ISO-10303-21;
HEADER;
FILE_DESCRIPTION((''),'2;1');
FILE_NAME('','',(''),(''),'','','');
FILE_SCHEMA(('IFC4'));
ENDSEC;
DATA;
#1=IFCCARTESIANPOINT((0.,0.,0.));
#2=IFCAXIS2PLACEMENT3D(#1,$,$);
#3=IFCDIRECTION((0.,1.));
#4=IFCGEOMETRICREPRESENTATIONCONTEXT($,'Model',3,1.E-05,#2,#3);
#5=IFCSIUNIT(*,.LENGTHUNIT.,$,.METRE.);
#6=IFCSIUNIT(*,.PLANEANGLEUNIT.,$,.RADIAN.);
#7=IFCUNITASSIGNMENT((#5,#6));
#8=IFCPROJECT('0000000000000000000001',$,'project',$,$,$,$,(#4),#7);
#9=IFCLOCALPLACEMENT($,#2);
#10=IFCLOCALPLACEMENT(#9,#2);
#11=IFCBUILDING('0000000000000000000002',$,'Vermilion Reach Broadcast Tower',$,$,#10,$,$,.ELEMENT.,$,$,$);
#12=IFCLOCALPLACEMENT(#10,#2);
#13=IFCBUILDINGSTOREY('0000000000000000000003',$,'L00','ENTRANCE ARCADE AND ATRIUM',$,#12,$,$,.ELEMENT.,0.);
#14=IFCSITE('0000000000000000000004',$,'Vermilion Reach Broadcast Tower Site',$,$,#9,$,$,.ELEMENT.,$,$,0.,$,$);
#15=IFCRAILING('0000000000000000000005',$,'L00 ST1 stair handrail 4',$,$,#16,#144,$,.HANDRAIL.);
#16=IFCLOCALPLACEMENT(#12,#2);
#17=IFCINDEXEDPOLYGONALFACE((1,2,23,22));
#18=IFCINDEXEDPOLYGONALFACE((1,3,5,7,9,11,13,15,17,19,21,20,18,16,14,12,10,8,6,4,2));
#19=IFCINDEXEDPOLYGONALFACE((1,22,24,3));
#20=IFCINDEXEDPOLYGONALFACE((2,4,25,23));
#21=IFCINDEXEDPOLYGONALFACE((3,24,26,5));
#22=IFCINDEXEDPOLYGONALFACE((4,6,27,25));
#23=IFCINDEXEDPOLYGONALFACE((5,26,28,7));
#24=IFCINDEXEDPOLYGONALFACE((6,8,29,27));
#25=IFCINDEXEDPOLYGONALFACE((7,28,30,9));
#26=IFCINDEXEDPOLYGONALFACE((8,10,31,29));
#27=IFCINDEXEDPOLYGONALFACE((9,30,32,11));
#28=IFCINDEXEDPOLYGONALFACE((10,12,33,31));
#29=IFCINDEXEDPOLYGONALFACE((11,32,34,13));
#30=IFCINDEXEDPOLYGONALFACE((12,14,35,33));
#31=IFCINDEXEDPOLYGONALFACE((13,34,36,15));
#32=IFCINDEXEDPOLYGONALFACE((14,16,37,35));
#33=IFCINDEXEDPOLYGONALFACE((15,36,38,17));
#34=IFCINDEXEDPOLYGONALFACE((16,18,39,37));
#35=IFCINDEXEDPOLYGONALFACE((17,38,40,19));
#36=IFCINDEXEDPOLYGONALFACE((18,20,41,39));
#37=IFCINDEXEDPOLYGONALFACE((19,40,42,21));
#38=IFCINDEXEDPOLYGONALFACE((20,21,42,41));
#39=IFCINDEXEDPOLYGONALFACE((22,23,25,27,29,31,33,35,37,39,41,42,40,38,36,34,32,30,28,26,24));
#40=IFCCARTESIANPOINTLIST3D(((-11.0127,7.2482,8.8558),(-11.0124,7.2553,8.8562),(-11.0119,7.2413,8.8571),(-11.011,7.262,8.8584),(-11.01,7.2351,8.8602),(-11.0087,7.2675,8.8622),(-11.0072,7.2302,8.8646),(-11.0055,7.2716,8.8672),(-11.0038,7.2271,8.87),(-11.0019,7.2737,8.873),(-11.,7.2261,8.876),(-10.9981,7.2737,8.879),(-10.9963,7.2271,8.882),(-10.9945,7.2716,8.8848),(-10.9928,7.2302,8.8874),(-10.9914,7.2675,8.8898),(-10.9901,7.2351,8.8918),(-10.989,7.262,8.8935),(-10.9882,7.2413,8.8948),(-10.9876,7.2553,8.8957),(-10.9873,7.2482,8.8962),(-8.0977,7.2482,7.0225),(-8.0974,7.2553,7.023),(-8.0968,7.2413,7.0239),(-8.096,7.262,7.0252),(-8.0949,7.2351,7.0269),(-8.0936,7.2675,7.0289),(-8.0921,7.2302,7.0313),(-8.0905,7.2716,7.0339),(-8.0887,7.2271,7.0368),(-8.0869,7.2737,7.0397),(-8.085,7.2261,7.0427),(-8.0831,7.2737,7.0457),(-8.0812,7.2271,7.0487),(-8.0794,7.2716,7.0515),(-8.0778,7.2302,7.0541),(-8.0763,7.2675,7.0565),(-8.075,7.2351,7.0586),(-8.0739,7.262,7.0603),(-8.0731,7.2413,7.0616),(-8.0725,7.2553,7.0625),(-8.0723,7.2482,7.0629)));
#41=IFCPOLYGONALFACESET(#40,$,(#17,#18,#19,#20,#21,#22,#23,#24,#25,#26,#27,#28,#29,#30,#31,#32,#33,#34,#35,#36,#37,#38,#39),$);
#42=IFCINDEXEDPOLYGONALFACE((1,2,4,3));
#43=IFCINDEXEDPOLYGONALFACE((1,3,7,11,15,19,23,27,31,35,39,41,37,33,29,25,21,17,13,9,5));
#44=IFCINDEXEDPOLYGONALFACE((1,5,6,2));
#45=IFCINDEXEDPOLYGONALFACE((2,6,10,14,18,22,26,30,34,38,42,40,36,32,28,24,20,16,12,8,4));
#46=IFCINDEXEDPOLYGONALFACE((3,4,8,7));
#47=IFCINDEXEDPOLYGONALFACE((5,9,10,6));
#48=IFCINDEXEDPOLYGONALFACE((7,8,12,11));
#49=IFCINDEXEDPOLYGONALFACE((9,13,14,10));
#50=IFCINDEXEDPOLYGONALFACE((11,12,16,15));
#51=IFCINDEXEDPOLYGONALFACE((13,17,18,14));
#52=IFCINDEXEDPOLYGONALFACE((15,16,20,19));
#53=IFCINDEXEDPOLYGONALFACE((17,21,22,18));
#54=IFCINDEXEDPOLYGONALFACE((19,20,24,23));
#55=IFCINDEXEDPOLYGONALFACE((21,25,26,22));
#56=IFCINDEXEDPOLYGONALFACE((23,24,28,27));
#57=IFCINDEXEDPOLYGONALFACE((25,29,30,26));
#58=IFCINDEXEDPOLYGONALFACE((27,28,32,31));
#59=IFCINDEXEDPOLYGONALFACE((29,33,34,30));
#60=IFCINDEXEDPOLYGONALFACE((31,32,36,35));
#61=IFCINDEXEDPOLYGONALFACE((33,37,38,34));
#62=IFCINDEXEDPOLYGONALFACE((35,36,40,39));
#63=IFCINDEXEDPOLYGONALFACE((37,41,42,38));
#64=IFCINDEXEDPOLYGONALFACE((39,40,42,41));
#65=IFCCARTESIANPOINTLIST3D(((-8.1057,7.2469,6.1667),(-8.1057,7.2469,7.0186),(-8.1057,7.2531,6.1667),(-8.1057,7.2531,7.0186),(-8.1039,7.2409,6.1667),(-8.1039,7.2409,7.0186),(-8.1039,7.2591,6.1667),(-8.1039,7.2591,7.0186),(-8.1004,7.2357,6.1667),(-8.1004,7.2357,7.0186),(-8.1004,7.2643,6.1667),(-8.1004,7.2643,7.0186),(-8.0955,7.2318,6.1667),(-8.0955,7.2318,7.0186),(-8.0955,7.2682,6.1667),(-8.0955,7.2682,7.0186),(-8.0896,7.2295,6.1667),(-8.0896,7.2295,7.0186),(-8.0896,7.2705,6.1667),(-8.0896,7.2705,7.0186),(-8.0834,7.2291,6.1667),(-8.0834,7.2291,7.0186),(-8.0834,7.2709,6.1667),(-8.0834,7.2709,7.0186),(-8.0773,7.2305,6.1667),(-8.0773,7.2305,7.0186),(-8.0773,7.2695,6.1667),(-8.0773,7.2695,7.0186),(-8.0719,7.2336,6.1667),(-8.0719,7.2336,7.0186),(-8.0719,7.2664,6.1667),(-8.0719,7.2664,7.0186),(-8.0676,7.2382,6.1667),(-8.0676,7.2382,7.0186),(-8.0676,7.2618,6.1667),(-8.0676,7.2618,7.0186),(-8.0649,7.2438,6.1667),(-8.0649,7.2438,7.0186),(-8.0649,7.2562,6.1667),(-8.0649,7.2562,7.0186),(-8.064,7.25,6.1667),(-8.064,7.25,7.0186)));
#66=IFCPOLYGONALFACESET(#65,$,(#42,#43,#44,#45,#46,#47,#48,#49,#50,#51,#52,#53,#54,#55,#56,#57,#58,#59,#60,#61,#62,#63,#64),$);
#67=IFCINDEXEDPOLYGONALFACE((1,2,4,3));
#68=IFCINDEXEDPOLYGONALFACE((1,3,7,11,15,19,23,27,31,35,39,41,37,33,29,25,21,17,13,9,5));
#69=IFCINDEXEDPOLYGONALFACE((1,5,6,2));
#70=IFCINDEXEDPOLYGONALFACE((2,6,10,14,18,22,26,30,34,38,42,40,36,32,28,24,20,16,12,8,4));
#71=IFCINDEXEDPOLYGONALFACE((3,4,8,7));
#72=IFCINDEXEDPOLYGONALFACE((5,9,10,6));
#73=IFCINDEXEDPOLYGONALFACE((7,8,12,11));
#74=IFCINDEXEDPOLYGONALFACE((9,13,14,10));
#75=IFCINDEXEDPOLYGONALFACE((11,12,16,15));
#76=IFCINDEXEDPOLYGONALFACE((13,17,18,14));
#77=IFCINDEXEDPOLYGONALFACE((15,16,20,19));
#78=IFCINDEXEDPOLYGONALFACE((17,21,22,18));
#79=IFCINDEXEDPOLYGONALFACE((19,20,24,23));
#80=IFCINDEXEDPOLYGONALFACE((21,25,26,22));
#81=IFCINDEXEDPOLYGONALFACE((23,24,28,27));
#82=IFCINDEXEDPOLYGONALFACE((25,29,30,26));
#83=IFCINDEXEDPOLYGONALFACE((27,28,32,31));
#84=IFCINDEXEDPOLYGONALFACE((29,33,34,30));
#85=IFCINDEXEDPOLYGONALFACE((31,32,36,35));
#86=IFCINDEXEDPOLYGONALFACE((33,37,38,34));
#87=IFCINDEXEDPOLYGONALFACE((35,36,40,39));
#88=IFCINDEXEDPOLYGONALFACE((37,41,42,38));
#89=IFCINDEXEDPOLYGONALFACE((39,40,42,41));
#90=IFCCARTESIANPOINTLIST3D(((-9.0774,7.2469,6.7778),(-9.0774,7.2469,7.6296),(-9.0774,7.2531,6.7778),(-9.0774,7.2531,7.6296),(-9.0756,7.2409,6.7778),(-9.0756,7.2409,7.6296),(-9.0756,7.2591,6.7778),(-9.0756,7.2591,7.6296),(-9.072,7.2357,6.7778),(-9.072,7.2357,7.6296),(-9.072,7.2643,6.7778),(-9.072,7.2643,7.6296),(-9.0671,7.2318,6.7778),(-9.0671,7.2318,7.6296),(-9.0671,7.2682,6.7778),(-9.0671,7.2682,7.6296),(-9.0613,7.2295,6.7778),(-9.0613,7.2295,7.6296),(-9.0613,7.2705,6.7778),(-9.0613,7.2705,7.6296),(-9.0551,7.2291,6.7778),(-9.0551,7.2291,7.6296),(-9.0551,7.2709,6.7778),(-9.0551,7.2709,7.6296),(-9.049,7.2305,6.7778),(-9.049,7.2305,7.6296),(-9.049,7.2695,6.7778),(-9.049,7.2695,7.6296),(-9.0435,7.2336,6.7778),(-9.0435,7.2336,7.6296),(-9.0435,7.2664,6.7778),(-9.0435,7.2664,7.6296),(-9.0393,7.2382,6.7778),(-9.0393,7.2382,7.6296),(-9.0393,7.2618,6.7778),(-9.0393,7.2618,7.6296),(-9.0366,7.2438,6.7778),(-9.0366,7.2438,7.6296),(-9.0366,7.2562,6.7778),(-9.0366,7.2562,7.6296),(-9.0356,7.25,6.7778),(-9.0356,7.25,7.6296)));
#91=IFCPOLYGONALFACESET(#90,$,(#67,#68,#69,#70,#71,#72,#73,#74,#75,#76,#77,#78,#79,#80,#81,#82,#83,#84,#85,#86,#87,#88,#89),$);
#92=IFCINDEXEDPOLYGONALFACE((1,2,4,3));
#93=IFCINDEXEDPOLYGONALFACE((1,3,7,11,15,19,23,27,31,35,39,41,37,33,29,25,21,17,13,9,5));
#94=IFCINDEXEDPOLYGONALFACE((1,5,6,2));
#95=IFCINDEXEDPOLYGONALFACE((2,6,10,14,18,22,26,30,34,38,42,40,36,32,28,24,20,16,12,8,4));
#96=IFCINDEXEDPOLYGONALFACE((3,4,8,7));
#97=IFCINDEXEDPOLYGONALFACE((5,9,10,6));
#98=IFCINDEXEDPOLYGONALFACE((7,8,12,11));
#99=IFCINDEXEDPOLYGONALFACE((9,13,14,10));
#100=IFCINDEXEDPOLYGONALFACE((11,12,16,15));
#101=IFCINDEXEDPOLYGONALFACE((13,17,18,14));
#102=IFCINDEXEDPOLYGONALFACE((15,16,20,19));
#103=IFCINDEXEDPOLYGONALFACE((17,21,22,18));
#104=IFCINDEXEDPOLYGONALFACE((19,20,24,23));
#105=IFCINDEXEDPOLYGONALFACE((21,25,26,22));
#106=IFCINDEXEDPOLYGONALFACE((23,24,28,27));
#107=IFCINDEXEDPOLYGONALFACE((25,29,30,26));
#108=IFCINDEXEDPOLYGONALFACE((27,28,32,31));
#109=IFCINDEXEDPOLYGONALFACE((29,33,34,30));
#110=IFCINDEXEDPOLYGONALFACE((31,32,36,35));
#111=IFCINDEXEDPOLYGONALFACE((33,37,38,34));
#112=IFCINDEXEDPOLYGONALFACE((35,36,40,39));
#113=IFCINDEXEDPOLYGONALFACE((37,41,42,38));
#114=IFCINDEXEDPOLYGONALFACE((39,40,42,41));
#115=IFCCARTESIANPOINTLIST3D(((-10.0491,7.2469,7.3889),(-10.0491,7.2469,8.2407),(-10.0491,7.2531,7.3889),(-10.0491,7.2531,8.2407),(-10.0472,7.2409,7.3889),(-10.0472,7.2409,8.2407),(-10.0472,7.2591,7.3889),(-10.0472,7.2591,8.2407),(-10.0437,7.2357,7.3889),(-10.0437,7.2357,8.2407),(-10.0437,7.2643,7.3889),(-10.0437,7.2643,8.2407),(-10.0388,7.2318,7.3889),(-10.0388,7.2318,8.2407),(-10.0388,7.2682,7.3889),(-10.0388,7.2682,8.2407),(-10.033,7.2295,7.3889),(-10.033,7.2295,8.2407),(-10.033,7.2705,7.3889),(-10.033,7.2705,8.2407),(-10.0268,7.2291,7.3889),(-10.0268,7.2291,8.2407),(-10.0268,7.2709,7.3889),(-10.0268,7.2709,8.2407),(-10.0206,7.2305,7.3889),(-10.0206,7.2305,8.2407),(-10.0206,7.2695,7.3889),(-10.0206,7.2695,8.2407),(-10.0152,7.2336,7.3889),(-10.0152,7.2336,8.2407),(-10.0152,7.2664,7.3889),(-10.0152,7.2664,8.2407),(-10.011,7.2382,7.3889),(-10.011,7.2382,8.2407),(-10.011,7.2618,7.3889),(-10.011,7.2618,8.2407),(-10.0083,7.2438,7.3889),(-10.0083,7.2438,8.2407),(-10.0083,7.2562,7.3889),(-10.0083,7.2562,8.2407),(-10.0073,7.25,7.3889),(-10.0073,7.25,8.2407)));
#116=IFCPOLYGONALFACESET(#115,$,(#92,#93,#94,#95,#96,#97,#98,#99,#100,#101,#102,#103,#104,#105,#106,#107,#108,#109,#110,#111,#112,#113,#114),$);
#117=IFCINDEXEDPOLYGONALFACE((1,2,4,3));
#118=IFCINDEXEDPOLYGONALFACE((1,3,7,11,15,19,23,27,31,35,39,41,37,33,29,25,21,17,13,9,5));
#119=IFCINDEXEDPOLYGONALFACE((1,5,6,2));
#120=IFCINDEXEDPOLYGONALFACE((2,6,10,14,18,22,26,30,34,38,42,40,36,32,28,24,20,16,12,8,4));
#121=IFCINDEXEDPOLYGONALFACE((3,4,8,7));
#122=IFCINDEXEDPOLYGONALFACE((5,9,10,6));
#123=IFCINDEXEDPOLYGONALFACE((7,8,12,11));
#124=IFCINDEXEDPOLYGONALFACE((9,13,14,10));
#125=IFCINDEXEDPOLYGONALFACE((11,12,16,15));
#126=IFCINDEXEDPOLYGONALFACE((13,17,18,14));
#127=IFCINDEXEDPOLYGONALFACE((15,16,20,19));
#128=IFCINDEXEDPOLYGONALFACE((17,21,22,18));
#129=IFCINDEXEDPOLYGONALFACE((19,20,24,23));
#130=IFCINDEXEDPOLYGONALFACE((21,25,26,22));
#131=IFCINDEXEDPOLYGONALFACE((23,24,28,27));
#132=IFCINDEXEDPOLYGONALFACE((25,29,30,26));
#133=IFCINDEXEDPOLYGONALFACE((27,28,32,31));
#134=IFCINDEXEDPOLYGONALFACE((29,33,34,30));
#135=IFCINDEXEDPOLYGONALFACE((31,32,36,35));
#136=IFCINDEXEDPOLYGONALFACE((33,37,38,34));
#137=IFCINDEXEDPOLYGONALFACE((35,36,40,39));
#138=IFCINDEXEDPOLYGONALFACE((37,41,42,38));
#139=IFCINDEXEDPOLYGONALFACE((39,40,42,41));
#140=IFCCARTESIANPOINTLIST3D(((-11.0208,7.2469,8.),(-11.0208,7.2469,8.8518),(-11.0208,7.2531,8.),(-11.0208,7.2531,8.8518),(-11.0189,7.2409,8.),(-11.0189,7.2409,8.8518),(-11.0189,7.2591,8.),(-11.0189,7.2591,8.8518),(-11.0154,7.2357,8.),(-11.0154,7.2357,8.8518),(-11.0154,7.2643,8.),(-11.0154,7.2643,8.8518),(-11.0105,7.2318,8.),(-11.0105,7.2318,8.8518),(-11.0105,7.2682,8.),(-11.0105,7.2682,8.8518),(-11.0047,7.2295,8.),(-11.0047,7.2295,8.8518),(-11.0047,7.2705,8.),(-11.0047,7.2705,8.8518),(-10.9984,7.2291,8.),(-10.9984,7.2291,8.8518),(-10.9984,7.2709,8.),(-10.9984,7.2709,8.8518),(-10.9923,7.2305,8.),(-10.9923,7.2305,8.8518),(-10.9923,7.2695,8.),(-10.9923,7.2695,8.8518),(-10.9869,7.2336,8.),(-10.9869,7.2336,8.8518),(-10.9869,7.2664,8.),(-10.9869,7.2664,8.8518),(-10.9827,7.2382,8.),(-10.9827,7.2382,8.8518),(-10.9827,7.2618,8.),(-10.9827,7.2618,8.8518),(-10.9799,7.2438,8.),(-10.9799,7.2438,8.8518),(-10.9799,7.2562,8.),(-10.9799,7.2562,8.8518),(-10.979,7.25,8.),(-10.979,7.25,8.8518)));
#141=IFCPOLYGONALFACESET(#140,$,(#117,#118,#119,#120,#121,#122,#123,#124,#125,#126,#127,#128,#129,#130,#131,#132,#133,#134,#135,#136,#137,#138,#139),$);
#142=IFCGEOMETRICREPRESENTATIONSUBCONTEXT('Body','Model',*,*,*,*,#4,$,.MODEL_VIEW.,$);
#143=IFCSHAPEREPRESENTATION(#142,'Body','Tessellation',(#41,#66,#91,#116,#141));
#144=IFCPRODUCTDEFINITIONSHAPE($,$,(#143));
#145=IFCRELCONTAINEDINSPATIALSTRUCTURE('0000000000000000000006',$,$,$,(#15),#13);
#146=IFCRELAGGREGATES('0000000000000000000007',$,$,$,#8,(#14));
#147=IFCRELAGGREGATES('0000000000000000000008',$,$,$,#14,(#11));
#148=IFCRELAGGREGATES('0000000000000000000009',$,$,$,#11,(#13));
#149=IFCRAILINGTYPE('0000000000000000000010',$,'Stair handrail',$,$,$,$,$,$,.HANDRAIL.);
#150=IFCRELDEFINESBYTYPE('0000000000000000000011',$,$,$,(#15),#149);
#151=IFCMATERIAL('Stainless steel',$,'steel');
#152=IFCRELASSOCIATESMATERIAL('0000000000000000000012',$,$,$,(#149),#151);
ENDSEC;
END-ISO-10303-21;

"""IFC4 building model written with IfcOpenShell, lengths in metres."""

from ifc_helpers import new_model, si_unit, direction, frame, origin, origin_2d, place, context, subcontext, project, spatial, circle, extrude, material, type_object, element, save


model = new_model("IFC4")

# Units and contexts
model_context = context("Model", 3, precision=1e-05, world=origin(), true_north=direction((0.0, 1.0)))
body_context = subcontext(model_context, "Body", "Model", "MODEL_VIEW")
ifc_project = project(units=[si_unit("LENGTHUNIT", "METRE"), si_unit("PLANEANGLEUNIT", "RADIAN")], contexts=[model_context])

# Site, building, storey
site_placement = place(None, origin())
site = spatial("IfcSite", under=ifc_project, at=site_placement, Name="Vermilion Reach Broadcast Tower Site", CompositionType="ELEMENT", RefElevation=0.0)
building_placement = place(site_placement, origin())
building = spatial("IfcBuilding", under=site, at=building_placement, Name="Vermilion Reach Broadcast Tower", CompositionType="ELEMENT")
storey_placement = place(building_placement, origin())
storey = spatial("IfcBuildingStorey", under=building, at=storey_placement, Name="L00", Description="ENTRANCE ARCADE AND ATRIUM", CompositionType="ELEMENT", Elevation=0.0)

# Railing
ifc_material_1 = material(Name="Stainless steel", Category="steel")
railing_type_1 = type_object("IfcRailingType", Name="Stair handrail", PredefinedType="HANDRAIL", material=ifc_material_1)
for number, where, name in (
    (1, (-8.085, 7.25, 6.1667), "L00 ST1 stair handrail 4"),
):
    element("IfcRailing", number, at=place(storey_placement, frame(where)), inside=storey, type_object=railing_type_1, Name=name, PredefinedType="HANDRAIL", context=body_context, shape_type="SweptSolid", body=[
        extrude(circle(Radius=0.0239, at=origin_2d()), frame((0.0, 0.0, 0.876), z_axis=(-0.846513, 0.0, 0.532368), x_axis=(0.0, -1.0, 0.0)), (0.0, 0.0, 1.0), 3.4436),
        extrude(circle(Radius=0.021, at=origin_2d()), origin(), (0.0, 0.0, 1.0), 0.8518),
        extrude(circle(Radius=0.021, at=origin_2d()), frame((-0.9717, 0.0, 0.6111)), (0.0, 0.0, 1.0), 0.8518),
        extrude(circle(Radius=0.021, at=origin_2d()), frame((-1.9434, 0.0, 1.2222)), (0.0, 0.0, 1.0), 0.8518),
        extrude(circle(Radius=0.021, at=origin_2d()), frame((-2.915, 0.0, 1.8333)), (0.0, 0.0, 1.0), 0.8518),
    ])

save(model, "model.ifc")
